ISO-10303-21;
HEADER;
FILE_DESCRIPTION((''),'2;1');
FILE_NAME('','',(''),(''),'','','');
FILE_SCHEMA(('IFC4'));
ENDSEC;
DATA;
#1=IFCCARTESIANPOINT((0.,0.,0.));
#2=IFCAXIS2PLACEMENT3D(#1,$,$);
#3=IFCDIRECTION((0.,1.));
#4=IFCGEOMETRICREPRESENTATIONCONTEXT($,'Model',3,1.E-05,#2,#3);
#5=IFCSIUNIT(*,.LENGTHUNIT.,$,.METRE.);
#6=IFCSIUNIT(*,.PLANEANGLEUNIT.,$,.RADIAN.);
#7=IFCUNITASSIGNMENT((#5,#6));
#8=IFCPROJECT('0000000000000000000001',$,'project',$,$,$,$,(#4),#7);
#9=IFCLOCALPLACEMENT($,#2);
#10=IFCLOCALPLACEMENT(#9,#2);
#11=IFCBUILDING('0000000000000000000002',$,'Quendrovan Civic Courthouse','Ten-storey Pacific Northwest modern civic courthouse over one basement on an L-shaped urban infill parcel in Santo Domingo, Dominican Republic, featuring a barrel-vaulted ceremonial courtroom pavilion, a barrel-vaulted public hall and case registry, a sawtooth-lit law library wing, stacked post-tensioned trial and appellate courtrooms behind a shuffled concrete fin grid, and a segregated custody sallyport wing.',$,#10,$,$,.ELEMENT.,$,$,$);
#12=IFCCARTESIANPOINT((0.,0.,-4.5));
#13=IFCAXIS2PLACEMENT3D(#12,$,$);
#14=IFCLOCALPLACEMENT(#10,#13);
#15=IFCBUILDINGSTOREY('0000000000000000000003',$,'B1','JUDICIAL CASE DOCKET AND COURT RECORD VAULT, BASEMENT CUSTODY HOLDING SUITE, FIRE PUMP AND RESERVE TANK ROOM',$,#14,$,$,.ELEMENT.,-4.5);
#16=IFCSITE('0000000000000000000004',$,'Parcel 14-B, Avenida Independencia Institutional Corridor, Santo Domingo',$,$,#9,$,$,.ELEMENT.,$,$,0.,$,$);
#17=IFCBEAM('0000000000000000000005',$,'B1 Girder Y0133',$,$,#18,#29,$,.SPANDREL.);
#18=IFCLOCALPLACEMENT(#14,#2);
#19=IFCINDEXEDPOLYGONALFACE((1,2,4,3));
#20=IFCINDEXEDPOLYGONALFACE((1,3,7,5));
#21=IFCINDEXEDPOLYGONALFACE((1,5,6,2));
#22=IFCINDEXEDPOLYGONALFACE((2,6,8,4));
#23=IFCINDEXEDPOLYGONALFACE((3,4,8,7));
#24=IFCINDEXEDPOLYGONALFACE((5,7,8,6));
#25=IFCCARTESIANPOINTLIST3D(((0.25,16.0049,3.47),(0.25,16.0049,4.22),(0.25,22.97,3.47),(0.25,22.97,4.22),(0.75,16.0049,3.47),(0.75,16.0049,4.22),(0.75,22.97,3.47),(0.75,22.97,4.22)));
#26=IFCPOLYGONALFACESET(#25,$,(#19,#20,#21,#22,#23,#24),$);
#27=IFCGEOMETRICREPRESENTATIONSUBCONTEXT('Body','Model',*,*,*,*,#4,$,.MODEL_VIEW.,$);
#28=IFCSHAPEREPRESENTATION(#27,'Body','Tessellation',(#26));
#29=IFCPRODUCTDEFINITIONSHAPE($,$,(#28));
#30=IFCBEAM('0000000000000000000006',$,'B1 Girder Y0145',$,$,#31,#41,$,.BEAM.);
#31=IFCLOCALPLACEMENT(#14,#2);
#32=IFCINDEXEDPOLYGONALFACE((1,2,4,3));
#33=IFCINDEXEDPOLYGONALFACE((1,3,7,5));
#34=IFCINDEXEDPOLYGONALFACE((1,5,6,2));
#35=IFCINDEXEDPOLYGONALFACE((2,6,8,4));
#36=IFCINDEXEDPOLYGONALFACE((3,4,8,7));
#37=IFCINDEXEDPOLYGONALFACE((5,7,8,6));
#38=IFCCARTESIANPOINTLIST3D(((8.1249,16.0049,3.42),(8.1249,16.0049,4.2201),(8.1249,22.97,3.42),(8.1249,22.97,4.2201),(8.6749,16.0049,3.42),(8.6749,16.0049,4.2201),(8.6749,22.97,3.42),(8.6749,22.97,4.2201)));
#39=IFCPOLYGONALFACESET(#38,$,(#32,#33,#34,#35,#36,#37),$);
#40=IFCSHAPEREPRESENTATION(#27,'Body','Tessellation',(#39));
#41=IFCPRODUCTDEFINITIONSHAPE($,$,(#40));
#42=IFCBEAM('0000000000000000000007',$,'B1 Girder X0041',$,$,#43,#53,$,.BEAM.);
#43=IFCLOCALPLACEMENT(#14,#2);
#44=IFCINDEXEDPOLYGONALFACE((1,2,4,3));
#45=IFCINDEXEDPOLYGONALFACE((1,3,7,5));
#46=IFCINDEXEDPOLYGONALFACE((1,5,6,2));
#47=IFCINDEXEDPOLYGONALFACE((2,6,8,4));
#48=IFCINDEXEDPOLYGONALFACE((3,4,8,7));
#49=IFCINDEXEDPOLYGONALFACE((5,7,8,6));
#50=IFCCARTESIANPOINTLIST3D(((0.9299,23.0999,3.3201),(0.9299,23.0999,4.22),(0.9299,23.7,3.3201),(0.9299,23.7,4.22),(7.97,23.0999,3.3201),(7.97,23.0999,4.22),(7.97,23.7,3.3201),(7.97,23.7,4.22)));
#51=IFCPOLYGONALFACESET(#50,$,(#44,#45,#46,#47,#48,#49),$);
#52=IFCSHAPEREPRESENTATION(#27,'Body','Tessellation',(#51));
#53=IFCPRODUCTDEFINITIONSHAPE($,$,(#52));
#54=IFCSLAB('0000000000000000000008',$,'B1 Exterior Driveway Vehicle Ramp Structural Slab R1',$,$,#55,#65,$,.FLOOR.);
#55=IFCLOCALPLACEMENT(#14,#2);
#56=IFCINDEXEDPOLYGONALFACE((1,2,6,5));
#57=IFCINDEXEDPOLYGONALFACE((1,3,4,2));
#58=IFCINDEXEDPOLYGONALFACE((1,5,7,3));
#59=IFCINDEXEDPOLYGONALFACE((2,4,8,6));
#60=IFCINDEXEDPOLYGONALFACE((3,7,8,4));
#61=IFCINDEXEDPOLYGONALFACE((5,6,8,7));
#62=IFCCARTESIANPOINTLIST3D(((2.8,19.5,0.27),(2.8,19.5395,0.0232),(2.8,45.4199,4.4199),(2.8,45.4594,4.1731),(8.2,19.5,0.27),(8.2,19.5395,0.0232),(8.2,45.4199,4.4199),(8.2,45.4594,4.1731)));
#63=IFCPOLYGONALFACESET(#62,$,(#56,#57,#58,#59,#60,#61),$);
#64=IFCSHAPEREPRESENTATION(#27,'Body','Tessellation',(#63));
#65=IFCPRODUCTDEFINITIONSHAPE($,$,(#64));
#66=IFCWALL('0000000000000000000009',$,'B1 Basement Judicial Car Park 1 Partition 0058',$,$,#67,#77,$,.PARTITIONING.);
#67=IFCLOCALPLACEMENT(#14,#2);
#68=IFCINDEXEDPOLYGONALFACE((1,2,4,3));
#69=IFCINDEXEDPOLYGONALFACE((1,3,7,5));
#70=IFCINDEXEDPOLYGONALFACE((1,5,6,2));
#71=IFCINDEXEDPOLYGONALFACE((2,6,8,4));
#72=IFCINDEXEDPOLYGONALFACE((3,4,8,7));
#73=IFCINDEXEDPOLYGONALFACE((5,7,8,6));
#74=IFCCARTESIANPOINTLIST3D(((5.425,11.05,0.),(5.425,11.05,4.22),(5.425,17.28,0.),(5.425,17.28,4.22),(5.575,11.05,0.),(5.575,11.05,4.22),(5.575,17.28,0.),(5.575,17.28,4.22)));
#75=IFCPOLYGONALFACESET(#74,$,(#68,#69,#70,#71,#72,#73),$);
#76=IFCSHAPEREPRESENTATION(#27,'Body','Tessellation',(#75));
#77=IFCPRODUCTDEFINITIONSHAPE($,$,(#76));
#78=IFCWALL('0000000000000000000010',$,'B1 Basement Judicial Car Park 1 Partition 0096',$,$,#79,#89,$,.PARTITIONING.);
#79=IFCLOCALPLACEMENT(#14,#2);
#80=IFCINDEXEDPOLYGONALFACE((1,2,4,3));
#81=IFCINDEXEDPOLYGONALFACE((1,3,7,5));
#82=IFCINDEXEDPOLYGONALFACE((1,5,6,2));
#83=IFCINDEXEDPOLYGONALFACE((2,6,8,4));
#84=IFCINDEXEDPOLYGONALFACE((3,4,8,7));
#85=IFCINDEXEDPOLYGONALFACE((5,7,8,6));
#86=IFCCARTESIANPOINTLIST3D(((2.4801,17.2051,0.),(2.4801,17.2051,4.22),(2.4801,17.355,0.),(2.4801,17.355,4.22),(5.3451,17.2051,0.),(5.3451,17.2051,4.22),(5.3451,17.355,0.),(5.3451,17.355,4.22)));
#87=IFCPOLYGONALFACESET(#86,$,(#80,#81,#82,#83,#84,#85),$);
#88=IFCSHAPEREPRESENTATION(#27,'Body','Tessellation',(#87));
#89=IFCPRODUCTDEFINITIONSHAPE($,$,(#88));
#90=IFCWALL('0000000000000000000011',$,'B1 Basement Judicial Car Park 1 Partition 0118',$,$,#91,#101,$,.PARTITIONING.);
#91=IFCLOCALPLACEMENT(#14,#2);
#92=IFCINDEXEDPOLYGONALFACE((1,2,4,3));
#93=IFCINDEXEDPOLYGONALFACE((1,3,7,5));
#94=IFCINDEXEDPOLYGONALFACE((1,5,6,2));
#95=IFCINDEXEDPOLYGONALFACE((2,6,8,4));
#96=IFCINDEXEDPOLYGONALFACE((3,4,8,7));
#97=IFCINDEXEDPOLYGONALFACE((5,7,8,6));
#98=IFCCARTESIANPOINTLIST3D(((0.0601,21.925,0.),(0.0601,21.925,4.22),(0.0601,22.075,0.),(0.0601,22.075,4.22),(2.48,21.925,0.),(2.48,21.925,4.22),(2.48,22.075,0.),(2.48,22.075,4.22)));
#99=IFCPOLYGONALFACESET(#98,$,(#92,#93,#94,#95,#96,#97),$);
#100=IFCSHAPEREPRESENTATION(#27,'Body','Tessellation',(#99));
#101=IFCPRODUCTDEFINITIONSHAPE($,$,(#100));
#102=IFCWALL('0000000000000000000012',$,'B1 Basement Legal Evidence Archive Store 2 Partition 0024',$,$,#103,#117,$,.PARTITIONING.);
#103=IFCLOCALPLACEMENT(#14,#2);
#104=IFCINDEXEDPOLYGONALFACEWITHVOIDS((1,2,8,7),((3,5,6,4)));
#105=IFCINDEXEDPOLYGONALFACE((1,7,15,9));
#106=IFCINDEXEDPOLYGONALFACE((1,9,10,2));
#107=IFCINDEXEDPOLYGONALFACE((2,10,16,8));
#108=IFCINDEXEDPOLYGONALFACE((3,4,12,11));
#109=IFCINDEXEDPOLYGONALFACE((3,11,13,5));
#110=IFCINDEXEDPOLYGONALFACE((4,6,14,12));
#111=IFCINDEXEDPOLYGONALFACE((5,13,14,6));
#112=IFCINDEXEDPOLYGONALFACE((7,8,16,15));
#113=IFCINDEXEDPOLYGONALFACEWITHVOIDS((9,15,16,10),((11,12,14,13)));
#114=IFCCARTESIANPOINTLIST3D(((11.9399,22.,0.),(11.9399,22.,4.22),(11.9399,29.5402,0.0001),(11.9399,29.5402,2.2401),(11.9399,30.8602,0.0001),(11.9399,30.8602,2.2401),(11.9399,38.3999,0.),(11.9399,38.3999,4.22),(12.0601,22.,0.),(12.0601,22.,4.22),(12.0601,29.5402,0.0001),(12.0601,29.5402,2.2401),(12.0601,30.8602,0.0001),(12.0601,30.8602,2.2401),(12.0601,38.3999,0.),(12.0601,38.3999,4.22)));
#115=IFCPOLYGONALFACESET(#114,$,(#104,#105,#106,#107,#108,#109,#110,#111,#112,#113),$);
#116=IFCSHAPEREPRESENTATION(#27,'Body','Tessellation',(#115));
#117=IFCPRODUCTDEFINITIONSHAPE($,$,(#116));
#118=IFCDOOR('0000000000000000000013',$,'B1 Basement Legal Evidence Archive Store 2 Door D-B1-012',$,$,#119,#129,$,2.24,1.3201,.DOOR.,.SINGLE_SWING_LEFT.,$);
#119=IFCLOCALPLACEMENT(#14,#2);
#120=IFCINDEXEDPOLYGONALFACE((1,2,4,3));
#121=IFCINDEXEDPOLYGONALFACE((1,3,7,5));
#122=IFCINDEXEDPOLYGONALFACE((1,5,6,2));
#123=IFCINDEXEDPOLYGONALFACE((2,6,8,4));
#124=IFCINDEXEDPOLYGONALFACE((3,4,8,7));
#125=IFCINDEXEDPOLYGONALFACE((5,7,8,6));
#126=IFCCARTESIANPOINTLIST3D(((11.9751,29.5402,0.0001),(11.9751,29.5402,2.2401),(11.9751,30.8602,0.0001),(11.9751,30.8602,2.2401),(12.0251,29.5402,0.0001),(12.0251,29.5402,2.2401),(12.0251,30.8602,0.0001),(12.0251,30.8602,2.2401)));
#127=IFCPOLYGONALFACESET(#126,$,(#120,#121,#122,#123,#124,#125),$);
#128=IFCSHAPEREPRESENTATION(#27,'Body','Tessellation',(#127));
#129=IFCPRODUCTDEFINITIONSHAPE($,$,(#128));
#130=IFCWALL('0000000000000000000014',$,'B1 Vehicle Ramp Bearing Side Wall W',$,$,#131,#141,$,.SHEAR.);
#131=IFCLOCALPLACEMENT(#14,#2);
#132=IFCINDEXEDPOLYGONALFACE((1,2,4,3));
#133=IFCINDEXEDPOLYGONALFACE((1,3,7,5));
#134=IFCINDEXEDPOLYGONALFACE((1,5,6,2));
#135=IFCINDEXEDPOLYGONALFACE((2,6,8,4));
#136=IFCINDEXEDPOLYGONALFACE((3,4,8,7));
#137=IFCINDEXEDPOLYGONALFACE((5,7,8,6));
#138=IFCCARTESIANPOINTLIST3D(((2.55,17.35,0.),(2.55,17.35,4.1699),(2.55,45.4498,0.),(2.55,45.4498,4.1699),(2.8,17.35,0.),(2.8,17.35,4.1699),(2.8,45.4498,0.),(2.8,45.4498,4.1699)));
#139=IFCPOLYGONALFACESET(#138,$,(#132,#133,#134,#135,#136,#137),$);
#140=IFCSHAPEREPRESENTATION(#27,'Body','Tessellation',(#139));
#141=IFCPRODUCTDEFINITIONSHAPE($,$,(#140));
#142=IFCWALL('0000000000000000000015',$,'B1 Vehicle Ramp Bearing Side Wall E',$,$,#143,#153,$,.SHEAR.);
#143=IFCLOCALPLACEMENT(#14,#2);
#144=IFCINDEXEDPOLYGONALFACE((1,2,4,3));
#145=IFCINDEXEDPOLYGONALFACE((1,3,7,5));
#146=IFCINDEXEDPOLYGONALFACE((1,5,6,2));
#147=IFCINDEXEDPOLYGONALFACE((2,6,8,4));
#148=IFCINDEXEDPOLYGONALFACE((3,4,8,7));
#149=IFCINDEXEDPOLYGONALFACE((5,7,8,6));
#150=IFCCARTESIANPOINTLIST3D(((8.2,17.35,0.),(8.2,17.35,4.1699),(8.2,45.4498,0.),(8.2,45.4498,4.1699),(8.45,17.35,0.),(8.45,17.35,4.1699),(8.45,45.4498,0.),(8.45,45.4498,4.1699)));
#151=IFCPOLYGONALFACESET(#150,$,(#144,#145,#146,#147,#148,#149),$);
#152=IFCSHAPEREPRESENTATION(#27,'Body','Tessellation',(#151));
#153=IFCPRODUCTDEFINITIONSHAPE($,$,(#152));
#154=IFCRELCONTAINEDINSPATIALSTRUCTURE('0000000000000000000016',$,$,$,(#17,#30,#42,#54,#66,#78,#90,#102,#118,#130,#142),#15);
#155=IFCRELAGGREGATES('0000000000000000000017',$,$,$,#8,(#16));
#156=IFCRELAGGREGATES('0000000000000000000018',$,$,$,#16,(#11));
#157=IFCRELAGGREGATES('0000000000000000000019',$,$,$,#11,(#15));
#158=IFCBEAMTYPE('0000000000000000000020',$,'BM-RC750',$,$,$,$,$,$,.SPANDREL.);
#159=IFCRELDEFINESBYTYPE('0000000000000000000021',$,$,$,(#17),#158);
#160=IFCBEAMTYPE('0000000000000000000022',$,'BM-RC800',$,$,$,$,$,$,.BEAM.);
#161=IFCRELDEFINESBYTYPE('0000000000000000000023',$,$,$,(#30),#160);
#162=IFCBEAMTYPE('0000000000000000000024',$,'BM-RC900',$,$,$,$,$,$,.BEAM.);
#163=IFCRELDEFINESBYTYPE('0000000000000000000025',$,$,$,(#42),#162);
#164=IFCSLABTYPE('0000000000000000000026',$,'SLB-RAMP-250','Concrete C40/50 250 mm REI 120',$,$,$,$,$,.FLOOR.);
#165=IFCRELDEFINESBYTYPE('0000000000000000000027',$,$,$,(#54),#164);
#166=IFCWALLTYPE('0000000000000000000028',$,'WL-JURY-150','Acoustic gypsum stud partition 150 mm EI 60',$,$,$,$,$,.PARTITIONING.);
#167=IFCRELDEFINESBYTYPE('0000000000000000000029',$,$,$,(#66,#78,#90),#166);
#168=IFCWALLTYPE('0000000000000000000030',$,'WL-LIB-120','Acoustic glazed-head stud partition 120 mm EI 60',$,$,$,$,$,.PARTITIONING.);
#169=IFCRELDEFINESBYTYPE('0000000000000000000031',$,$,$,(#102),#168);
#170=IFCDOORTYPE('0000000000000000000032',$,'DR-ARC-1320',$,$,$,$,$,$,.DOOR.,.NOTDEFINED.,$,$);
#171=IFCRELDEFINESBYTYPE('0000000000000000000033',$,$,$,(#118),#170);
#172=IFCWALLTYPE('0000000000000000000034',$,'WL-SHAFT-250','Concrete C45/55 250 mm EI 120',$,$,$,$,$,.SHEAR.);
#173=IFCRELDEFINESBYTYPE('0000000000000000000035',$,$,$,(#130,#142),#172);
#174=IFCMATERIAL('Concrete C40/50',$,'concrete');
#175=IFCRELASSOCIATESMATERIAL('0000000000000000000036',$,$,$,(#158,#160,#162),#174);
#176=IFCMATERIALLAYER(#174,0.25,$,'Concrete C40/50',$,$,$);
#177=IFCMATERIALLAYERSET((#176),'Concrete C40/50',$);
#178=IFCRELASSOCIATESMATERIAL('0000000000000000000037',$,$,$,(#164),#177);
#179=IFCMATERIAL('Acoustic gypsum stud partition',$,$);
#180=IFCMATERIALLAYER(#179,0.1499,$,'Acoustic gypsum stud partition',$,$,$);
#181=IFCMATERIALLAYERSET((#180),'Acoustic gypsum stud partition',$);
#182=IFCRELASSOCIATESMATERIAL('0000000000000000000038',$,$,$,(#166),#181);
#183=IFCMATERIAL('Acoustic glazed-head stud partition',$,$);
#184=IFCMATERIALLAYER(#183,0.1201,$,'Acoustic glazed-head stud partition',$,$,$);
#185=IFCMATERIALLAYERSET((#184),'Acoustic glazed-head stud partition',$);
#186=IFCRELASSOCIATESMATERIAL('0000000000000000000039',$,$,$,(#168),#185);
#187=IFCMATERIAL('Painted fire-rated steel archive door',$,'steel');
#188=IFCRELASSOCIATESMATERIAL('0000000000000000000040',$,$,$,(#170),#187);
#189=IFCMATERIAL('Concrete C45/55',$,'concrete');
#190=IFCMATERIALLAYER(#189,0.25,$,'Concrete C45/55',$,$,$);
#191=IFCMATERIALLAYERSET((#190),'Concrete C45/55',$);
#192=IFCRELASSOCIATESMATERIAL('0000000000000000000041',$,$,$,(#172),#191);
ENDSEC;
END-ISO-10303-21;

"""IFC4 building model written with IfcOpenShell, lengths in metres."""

from ifc_helpers import new_model, si_unit, direction, frame, frame_2d, origin, origin_2d, place, context, subcontext, project, spatial, polyline, rectangle, outline, extrude, material, layer, layer_set, material_profile, profile_set, type_object, element, fill, save


model = new_model("IFC4")

# Units and contexts
model_context = context("Model", 3, precision=1e-05, world=origin(), true_north=direction((0.0, 1.0)))
body_context = subcontext(model_context, "Body", "Model", "MODEL_VIEW")
ifc_project = project(units=[si_unit("LENGTHUNIT", "METRE"), si_unit("PLANEANGLEUNIT", "RADIAN")], contexts=[model_context])

# Site, building, storey
site_placement = place(None, origin())
site = spatial("IfcSite", under=ifc_project, at=site_placement, Name="Parcel 14-B, Avenida Independencia Institutional Corridor, Santo Domingo", CompositionType="ELEMENT", RefElevation=0.0)
building_placement = place(site_placement, origin())
building = spatial("IfcBuilding", under=site, at=building_placement, Name="Quendrovan Civic Courthouse", Description="Ten-storey Pacific Northwest modern civic courthouse over one basement on an L-shaped urban infill parcel in Santo Domingo, Dominican Republic, featuring a barrel-vaulted ceremonial courtroom pavilion, a barrel-vaulted public hall and case registry, a sawtooth-lit law library wing, stacked post-tensioned trial and appellate courtrooms behind a shuffled concrete fin grid, and a segregated custody sallyport wing.", CompositionType="ELEMENT")
storey_placement = place(building_placement, frame((0.0, 0.0, -4.5)))
storey = spatial("IfcBuildingStorey", under=building, at=storey_placement, Name="B1", Description="JUDICIAL CASE DOCKET AND COURT RECORD VAULT, BASEMENT CUSTODY HOLDING SUITE, FIRE PUMP AND RESERVE TANK ROOM", CompositionType="ELEMENT", Elevation=-4.5)

# Shared definitions
ifc_material_1 = material(Name="Concrete C45/55", Category="concrete")

# Beams
ifc_material_2 = material(Name="Concrete C40/50", Category="concrete")
ifc_material_profile_1 = material_profile(ifc_material_2, rectangle(XDim=0.5, YDim=0.75, at=origin_2d()), Name="RC-BM-500x750")
ifc_profile_set_1 = profile_set([ifc_material_profile_1], Name="Concrete C40/50")
beam_type_1 = type_object("IfcBeamType", Name="BM-RC750", PredefinedType="SPANDREL", material=ifc_profile_set_1)
beam_1_placement = place(storey_placement, frame((0.5, 16.0049, 3.845), z_axis=(0.0, 1.0, 0.0), x_axis=(-1.0, 0.0, 0.0)))
element("IfcBeam", 1, at=beam_1_placement, inside=storey, type_object=beam_type_1, Name="B1 Girder Y0133", PredefinedType="SPANDREL", context=body_context, shape_type="SweptSolid", body=[
    extrude(rectangle(XDim=0.5, YDim=0.75, at=origin_2d()), origin(), (0.0, 0.0, 1.0), 6.9651),
])
ifc_material_profile_2 = material_profile(ifc_material_2, rectangle(XDim=0.55, YDim=0.8, at=origin_2d()), Name="RC-BM-550x800")
ifc_profile_set_2 = profile_set([ifc_material_profile_2], Name="Concrete C40/50")
beam_type_2 = type_object("IfcBeamType", Name="BM-RC800", PredefinedType="BEAM", material=ifc_profile_set_2)
beam_2_placement = place(storey_placement, frame((8.3999, 16.0049, 3.8201), z_axis=(0.0, 1.0, 0.0), x_axis=(-1.0, 0.0, 0.0)))
element("IfcBeam", 2, at=beam_2_placement, inside=storey, type_object=beam_type_2, Name="B1 Girder Y0145", PredefinedType="BEAM", context=body_context, shape_type="SweptSolid", body=[
    extrude(rectangle(XDim=0.55, YDim=0.8, at=origin_2d()), origin(), (0.0, 0.0, 1.0), 6.9651),
])
ifc_material_profile_3 = material_profile(ifc_material_2, rectangle(XDim=0.6001, YDim=0.8999, at=origin_2d()), Name="RC-BM-600x900")
ifc_profile_set_3 = profile_set([ifc_material_profile_3], Name="Concrete C40/50")
beam_type_3 = type_object("IfcBeamType", Name="BM-RC900", PredefinedType="BEAM", material=ifc_profile_set_3)
beam_3_placement = place(storey_placement, frame((0.9299, 23.3999, 3.77), z_axis=(1.0, 0.0, 0.0), x_axis=(0.0, 1.0, 0.0)))
element("IfcBeam", 3, at=beam_3_placement, inside=storey, type_object=beam_type_3, Name="B1 Girder X0041", PredefinedType="BEAM", context=body_context, shape_type="SweptSolid", body=[
    extrude(rectangle(XDim=0.6001, YDim=0.8999, at=origin_2d()), origin(), (0.0, 0.0, 1.0), 7.04),
])

# Slab
ifc_layer_1 = layer(ifc_material_2, 0.25, Name="Concrete C40/50")
ifc_layer_set_1 = layer_set([ifc_layer_1], Name="Concrete C40/50")
slab_type = type_object("IfcSlabType", Name="SLB-RAMP-250", Description="Concrete C40/50 250 mm REI 120", PredefinedType="FLOOR", material=ifc_layer_set_1)
slab_placement = place(storey_placement, frame((2.8, 19.5, 0.27), z_axis=(0.0, -0.158091, 0.987424), x_axis=(1.0, 0.0, 0.0)))
element("IfcSlab", 4, at=slab_placement, inside=storey, type_object=slab_type, Name="B1 Exterior Driveway Vehicle Ramp Structural Slab R1", PredefinedType="FLOOR", context=body_context, shape_type="SweptSolid", body=[
    extrude(outline(polyline([(0.0, 0.0), (5.3999, 0.0), (5.3999, 26.25), (0.0, 26.25), (0.0, 0.0)])), origin(), (0.0, 0.0, -1.0), 0.25),
])

# Walls
ifc_material_3 = material(Name="Acoustic gypsum stud partition")
ifc_layer_2 = layer(ifc_material_3, 0.1499, Name="Acoustic gypsum stud partition")
ifc_layer_set_2 = layer_set([ifc_layer_2], Name="Acoustic gypsum stud partition")
wall_type_1 = type_object("IfcWallType", Name="WL-JURY-150", Description="Acoustic gypsum stud partition 150 mm EI 60", PredefinedType="PARTITIONING", material=ifc_layer_set_2)
wall_1_placement = place(storey_placement, frame((5.5, 17.28, 0.0), z_axis=(0.0, 0.0, 1.0), x_axis=(0.0, -1.0, 0.0)))
element("IfcWall", 5, at=wall_1_placement, inside=storey, type_object=wall_type_1, Name="B1 Basement Judicial Car Park 1 Partition 0058", PredefinedType="PARTITIONING", context=body_context, shape_type="SweptSolid", body=[
    extrude(rectangle(XDim=6.23, YDim=0.1499, at=frame_2d((3.115, 0.0))), origin(), (0.0, 0.0, 1.0), 4.22),
])
wall_2_placement = place(storey_placement, frame((2.48, 17.28, 0.0), z_axis=(0.0, 0.0, 1.0), x_axis=(1.0, 0.0, 0.0)))
element("IfcWall", 6, at=wall_2_placement, inside=storey, type_object=wall_type_1, Name="B1 Basement Judicial Car Park 1 Partition 0096", PredefinedType="PARTITIONING", context=body_context, shape_type="SweptSolid", body=[
    extrude(rectangle(XDim=2.865, YDim=0.1499, at=frame_2d((1.4326, 0.0))), origin(), (0.0, 0.0, 1.0), 4.22),
])
wall_3_placement = place(storey_placement, frame((0.0601, 22.0, 0.0), z_axis=(0.0, 0.0, 1.0), x_axis=(1.0, 0.0, 0.0)))
element("IfcWall", 7, at=wall_3_placement, inside=storey, type_object=wall_type_1, Name="B1 Basement Judicial Car Park 1 Partition 0118", PredefinedType="PARTITIONING", context=body_context, shape_type="SweptSolid", body=[
    extrude(rectangle(XDim=2.4199, YDim=0.1499, at=frame_2d((1.21, 0.0))), origin(), (0.0, 0.0, 1.0), 4.22),
])

# Wall, opening, door
ifc_material_4 = material(Name="Acoustic glazed-head stud partition")
ifc_layer_3 = layer(ifc_material_4, 0.1201, Name="Acoustic glazed-head stud partition")
ifc_layer_set_3 = layer_set([ifc_layer_3], Name="Acoustic glazed-head stud partition")
wall_type_2 = type_object("IfcWallType", Name="WL-LIB-120", Description="Acoustic glazed-head stud partition 120 mm EI 60", PredefinedType="PARTITIONING", material=ifc_layer_set_3)
wall_4_placement = place(storey_placement, frame((12.0, 22.0, 0.0), z_axis=(0.0, 0.0, 1.0), x_axis=(0.0, 1.0, 0.0)))
wall_4 = element("IfcWall", 8, at=wall_4_placement, inside=storey, type_object=wall_type_2, Name="B1 Basement Legal Evidence Archive Store 2 Partition 0024", PredefinedType="PARTITIONING", context=body_context, shape_type="SweptSolid", body=[
    extrude(rectangle(XDim=16.3999, YDim=0.1201, at=frame_2d((8.2, 0.0))), origin(), (0.0, 0.0, 1.0), 4.22),
])
opening_1_placement = place(wall_4_placement, frame((7.54, 0.0, 0.0)))
opening_1 = element("IfcOpeningElement", 9, at=opening_1_placement, cuts=wall_4, PredefinedType="OPENING", context=body_context, shape_type="SweptSolid", body=[
    extrude(rectangle(XDim=1.3201, YDim=2.24, at=frame_2d((0.6602, 1.1201))), frame((0.0, 0.0701, 0.0), z_axis=(0.0, -1.0, 0.0), x_axis=(1.0, 0.0, 0.0)), (0.0, 0.0, 1.0), 0.1401),
])
ifc_material_5 = material(Name="Painted fire-rated steel archive door", Category="steel")
door_type_1 = type_object("IfcDoorType", Name="DR-ARC-1320", OperationType="NOTDEFINED", PredefinedType="DOOR", material=ifc_material_5)
door_1_placement = place(opening_1_placement, origin())
door_1 = element("IfcDoor", 10, at=door_1_placement, inside=storey, type_object=door_type_1, Name="B1 Basement Legal Evidence Archive Store 2 Door D-B1-012", OperationType="SINGLE_SWING_LEFT", OverallHeight=2.24, OverallWidth=1.3201, PredefinedType="DOOR", context=body_context, shape_type="SweptSolid", body=[
    extrude(rectangle(XDim=1.3201, YDim=2.24, at=frame_2d((0.6602, 1.1201))), frame((0.0, 0.0249, 0.0), z_axis=(0.0, -1.0, 0.0), x_axis=(1.0, 0.0, 0.0)), (0.0, 0.0, 1.0), 0.05),
])
fill(opening_1, door_1)

# Walls
ifc_layer_4 = layer(ifc_material_1, 0.25, Name="Concrete C45/55")
ifc_layer_set_4 = layer_set([ifc_layer_4], Name="Concrete C45/55")
wall_type_3 = type_object("IfcWallType", Name="WL-SHAFT-250", Description="Concrete C45/55 250 mm EI 120", PredefinedType="SHEAR", material=ifc_layer_set_4)
for number, where, z_axis, x_axis, name in (
    (11, (2.675, 17.3501, 0.0), (0.0, 0.0, 1.0), (0.0, 1.0, 0.0), "B1 Vehicle Ramp Bearing Side Wall W"),
    (12, (8.325, 17.3501, 0.0), (0.0, 0.0, 1.0), (0.0, 1.0, 0.0), "B1 Vehicle Ramp Bearing Side Wall E"),
):
    element("IfcWall", number, at=place(storey_placement, frame(where, z_axis=z_axis, x_axis=x_axis)), inside=storey, type_object=wall_type_3, Name=name, PredefinedType="SHEAR", context=body_context, shape_type="SweptSolid", body=[
        extrude(rectangle(XDim=28.0999, YDim=0.25, at=frame_2d((14.0498, 0.0))), origin(), (0.0, 0.0, 1.0), 4.1699),
    ])

save(model, "model.ifc")
